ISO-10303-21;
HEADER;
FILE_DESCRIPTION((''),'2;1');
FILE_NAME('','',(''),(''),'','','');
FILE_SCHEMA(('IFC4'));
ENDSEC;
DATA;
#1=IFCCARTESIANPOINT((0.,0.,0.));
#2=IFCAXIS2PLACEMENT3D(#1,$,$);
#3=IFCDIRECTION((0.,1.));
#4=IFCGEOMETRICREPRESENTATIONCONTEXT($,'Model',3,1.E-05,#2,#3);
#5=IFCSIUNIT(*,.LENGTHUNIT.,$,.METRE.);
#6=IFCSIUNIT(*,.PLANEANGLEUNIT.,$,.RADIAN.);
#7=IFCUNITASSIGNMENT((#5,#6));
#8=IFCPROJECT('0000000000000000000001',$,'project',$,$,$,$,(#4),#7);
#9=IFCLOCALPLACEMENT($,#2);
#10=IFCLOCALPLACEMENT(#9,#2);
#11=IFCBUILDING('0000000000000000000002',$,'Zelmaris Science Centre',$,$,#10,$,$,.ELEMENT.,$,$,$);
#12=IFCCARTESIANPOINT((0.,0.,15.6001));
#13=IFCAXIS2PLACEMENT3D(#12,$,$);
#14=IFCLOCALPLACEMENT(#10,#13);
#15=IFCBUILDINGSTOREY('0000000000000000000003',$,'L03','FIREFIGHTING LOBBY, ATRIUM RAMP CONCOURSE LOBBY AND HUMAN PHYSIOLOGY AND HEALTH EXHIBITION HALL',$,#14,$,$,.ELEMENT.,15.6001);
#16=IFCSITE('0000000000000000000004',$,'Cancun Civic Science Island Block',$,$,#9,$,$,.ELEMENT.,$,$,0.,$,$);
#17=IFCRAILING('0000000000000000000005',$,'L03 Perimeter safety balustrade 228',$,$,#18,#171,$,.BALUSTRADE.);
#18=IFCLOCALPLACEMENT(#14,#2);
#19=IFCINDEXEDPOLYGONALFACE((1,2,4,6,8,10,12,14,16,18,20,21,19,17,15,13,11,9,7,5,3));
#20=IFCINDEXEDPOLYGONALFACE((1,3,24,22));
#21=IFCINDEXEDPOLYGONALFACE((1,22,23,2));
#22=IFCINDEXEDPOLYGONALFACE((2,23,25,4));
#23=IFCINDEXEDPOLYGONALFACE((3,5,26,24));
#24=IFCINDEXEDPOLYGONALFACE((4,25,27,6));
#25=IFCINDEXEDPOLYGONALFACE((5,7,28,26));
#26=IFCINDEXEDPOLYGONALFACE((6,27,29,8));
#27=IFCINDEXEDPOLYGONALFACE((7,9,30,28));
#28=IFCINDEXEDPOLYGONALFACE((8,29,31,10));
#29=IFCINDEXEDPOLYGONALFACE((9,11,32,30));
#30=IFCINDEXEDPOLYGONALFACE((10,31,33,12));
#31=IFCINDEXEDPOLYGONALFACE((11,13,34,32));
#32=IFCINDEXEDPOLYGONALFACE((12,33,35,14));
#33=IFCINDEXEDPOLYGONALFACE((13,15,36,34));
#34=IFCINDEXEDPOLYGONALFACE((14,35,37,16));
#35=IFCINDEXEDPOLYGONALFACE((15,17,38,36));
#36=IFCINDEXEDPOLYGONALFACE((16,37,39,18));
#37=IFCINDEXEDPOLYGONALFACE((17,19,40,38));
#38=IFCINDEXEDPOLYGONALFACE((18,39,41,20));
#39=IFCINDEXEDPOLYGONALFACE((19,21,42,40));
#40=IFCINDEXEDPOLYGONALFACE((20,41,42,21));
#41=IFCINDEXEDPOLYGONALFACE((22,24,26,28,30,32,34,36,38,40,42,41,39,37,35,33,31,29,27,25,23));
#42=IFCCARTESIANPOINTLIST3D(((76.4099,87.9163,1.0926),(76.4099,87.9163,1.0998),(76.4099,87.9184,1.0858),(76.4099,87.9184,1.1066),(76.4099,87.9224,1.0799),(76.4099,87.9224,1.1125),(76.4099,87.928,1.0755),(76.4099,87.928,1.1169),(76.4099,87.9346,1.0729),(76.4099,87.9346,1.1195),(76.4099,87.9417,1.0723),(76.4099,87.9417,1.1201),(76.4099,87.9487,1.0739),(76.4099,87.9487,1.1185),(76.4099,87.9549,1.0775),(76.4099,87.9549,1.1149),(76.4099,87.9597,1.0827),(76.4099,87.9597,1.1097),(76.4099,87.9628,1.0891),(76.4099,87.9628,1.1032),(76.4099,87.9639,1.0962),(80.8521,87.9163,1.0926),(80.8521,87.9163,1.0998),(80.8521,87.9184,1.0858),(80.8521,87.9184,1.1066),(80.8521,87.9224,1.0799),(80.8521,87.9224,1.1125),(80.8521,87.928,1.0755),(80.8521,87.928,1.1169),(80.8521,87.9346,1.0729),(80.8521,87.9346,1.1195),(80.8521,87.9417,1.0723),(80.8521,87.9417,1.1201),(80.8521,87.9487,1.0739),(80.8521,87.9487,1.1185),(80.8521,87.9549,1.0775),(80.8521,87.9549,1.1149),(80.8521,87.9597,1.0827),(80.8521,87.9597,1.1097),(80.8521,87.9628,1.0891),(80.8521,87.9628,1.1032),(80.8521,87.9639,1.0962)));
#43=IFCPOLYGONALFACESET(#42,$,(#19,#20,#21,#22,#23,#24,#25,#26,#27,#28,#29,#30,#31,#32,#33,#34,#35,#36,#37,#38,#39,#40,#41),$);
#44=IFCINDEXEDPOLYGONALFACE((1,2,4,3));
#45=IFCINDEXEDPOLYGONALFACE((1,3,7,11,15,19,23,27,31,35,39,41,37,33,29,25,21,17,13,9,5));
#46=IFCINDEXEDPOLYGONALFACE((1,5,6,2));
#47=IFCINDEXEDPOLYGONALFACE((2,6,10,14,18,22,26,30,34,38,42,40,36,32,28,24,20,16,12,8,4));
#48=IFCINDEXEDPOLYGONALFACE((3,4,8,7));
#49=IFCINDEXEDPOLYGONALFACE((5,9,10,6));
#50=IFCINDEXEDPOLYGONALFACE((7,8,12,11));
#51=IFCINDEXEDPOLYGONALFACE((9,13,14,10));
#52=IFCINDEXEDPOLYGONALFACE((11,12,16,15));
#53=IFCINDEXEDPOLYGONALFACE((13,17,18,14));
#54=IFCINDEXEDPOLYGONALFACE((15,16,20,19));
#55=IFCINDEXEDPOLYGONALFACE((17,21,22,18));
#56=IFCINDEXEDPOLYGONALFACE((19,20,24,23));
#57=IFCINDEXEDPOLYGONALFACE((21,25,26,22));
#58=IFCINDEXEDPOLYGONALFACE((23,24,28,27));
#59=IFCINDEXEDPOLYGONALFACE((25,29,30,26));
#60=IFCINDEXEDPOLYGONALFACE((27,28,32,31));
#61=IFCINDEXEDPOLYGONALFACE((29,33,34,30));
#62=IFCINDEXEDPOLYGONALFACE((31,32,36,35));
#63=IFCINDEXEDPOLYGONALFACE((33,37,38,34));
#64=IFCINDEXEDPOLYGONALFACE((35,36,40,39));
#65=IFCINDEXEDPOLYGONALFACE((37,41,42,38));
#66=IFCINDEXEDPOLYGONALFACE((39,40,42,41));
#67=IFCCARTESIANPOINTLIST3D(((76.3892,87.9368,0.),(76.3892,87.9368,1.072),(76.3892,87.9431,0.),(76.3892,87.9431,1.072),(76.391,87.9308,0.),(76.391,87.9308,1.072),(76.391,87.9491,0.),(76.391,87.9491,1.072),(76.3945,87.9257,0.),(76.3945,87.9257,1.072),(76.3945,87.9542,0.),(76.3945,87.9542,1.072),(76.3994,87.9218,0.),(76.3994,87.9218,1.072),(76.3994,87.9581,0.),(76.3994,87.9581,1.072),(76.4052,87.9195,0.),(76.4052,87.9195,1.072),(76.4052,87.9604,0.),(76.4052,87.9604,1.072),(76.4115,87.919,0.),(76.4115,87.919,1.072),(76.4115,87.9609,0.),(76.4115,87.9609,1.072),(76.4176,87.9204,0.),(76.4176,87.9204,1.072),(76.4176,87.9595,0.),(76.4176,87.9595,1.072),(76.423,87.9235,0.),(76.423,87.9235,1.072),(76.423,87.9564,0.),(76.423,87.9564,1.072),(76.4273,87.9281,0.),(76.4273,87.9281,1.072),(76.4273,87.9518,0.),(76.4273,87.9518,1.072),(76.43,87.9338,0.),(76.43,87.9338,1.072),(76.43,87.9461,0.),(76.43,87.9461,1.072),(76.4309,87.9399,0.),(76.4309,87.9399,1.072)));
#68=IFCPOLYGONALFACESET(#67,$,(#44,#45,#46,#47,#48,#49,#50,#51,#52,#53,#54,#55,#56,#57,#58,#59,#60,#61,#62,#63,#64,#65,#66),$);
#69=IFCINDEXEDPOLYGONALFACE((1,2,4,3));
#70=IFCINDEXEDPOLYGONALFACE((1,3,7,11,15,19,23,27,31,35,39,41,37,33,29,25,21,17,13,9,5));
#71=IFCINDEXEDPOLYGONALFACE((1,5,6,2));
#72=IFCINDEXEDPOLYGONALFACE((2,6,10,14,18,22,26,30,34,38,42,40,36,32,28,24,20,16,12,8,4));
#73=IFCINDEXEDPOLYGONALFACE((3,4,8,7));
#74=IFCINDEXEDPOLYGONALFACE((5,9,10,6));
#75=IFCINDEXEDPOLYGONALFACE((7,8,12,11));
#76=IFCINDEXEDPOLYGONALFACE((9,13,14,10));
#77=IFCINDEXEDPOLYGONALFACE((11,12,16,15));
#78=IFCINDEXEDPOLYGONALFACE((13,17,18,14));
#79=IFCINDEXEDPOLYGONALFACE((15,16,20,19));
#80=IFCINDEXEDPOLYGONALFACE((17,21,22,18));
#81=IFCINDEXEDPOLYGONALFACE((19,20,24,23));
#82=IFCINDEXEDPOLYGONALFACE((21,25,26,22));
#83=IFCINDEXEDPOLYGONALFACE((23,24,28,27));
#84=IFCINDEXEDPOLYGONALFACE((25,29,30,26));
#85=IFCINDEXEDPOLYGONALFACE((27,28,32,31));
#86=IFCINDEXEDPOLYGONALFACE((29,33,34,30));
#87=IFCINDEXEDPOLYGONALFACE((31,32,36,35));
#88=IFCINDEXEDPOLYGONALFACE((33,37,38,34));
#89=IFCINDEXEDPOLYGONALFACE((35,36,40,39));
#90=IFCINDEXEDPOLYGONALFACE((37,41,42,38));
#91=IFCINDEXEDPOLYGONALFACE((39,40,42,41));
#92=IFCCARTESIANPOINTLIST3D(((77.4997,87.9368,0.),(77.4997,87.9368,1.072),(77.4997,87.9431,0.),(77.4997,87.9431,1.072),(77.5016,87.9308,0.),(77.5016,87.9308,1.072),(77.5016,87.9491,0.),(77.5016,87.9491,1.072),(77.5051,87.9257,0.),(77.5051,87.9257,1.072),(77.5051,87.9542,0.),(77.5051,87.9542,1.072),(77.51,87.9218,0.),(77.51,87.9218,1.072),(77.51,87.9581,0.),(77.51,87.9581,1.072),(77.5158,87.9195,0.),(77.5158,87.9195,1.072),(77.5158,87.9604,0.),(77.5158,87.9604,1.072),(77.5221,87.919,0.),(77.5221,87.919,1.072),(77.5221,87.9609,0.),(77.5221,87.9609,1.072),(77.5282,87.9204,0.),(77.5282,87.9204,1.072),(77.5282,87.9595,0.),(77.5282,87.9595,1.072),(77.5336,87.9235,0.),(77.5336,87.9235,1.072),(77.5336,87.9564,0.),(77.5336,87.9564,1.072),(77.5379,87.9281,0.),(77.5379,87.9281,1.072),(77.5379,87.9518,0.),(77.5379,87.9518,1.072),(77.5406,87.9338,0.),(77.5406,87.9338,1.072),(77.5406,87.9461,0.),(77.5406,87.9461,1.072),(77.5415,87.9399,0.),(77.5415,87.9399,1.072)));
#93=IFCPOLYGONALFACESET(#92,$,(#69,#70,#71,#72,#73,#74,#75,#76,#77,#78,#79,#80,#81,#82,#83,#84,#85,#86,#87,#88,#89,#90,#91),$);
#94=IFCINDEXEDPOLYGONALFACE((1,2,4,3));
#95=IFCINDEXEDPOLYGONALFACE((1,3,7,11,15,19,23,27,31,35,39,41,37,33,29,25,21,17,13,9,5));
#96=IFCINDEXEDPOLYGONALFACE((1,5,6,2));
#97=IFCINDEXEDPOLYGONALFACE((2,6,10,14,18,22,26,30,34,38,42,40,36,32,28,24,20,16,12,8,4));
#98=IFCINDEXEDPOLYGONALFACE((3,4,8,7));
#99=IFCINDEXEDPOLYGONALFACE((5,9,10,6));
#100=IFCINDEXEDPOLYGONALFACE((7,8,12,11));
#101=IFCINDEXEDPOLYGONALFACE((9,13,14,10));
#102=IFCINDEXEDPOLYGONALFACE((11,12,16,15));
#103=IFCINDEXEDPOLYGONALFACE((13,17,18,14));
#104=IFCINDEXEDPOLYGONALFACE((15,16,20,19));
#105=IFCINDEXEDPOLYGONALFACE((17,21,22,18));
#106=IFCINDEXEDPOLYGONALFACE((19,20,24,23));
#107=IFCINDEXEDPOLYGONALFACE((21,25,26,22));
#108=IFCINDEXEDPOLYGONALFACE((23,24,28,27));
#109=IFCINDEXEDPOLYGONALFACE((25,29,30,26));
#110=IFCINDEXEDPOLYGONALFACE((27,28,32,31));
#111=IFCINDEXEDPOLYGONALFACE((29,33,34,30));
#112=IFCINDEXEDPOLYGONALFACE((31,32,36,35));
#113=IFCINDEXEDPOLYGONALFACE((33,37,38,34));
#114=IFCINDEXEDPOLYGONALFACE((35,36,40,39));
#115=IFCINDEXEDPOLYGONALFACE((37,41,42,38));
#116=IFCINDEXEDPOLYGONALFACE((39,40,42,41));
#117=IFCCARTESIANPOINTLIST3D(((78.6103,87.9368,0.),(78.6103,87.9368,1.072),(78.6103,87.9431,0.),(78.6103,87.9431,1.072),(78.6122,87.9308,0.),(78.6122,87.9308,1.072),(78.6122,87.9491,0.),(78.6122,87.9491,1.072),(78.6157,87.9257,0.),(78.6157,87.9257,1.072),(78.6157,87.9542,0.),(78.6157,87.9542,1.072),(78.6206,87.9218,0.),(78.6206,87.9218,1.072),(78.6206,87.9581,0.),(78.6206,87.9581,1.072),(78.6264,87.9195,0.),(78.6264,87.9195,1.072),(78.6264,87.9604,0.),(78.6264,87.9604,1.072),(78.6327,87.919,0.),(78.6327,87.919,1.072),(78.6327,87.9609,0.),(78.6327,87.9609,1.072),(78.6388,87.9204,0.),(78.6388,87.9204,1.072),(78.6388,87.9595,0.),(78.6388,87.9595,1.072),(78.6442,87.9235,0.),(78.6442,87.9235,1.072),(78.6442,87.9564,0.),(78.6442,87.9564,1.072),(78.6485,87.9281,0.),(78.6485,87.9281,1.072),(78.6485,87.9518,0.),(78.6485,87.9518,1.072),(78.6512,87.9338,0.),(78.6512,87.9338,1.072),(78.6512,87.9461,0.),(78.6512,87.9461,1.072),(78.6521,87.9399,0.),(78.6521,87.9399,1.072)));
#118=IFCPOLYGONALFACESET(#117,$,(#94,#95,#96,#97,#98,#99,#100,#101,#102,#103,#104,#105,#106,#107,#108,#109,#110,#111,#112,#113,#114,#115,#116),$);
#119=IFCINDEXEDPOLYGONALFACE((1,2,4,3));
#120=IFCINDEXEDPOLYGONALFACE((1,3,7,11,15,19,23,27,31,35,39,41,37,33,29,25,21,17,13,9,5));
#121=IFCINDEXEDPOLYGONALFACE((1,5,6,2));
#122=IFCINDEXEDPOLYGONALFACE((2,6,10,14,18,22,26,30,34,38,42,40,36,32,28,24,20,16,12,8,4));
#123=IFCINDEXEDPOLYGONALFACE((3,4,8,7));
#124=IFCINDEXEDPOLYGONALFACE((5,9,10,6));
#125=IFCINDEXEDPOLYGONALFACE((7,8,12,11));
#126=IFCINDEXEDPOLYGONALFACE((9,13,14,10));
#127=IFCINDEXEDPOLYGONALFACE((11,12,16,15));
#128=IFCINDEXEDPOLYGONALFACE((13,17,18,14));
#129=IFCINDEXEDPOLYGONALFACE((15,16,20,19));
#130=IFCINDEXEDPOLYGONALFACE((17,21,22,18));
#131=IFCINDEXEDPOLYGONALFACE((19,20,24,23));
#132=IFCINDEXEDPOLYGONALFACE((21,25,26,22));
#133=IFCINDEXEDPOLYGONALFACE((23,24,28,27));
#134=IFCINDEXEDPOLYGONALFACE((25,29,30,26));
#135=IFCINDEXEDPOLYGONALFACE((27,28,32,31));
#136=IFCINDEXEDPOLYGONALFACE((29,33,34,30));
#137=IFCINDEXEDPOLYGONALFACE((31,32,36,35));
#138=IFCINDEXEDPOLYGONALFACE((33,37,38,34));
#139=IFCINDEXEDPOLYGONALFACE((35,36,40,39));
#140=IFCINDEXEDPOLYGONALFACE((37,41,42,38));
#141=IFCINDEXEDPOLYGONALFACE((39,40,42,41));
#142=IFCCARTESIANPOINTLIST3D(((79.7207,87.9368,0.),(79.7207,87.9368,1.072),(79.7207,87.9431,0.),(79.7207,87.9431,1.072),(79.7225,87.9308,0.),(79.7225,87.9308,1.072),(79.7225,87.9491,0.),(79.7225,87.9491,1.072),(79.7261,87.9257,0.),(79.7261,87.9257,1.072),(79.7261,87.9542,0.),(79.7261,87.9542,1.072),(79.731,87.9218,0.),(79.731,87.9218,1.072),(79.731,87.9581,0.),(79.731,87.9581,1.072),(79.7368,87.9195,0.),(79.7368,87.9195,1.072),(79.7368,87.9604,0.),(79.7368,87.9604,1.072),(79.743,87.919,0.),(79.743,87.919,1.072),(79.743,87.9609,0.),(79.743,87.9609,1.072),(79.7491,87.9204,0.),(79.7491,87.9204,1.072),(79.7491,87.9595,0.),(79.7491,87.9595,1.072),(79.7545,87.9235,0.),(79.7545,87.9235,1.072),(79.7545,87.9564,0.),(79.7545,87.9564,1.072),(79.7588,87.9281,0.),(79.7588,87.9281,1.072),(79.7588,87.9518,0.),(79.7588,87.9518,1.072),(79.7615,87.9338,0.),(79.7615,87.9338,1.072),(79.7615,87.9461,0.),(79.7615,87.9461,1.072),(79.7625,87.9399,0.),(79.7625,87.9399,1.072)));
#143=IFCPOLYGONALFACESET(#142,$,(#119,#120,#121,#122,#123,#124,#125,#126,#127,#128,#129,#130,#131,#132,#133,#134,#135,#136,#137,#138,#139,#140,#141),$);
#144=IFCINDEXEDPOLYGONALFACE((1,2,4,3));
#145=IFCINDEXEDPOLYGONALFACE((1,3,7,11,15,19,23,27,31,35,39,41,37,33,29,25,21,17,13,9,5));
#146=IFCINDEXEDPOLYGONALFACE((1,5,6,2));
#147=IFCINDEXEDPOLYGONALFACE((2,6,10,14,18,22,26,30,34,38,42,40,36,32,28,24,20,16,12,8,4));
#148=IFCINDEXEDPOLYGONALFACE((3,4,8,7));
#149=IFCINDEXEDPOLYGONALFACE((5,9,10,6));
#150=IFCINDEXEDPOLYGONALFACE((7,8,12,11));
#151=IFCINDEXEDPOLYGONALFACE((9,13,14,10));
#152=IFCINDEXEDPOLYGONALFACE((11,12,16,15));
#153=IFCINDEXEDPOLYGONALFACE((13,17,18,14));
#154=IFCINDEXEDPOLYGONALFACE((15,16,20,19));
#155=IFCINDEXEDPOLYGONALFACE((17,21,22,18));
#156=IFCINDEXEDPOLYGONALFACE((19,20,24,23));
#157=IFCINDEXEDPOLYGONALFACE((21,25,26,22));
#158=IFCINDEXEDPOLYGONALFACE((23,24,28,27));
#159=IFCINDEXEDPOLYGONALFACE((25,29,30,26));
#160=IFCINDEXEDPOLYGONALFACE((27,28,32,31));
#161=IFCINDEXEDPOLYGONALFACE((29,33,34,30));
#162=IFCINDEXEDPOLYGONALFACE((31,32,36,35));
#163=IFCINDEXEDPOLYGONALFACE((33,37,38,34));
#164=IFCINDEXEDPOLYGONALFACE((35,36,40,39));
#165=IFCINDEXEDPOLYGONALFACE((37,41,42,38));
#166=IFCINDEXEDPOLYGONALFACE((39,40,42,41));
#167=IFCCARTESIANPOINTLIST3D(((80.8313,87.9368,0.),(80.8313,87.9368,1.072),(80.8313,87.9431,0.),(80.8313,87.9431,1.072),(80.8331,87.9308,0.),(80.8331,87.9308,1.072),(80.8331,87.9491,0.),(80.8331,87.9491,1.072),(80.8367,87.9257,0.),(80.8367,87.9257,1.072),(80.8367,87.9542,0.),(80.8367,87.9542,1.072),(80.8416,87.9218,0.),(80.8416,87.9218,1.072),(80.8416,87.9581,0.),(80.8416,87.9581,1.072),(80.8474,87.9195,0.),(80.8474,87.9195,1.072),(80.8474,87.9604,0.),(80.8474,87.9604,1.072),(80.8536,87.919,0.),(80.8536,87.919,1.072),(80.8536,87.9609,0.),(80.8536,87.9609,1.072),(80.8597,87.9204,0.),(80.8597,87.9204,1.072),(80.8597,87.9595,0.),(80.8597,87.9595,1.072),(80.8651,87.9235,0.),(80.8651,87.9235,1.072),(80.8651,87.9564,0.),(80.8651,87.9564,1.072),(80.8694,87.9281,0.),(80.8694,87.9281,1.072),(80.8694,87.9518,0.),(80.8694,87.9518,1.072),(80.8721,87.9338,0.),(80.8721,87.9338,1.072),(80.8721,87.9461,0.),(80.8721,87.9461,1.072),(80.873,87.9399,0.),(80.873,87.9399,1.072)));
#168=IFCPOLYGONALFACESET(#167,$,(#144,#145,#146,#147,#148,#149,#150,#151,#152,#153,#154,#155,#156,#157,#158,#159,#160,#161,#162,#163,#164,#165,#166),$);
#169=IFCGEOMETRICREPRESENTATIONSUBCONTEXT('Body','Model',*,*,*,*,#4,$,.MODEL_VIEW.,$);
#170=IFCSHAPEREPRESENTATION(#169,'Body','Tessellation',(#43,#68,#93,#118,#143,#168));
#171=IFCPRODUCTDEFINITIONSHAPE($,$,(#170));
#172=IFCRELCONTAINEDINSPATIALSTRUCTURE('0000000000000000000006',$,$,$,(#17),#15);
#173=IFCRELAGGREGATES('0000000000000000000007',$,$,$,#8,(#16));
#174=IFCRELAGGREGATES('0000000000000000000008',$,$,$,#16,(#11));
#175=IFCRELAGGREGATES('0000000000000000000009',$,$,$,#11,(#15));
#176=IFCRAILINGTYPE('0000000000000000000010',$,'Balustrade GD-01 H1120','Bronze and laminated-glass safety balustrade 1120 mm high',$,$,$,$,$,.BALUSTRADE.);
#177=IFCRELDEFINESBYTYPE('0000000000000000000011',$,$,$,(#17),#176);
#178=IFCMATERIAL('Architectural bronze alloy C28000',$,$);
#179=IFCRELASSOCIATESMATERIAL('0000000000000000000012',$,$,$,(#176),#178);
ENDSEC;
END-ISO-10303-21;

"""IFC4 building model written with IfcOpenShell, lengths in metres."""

from ifc_helpers import new_model, si_unit, direction, frame, origin, origin_2d, place, context, subcontext, project, spatial, circle, extrude, material, type_object, element, save


model = new_model("IFC4")

# Units and contexts
model_context = context("Model", 3, precision=1e-05, world=origin(), true_north=direction((0.0, 1.0)))
body_context = subcontext(model_context, "Body", "Model", "MODEL_VIEW")
ifc_project = project(units=[si_unit("LENGTHUNIT", "METRE"), si_unit("PLANEANGLEUNIT", "RADIAN")], contexts=[model_context])

# Site, building, storey
site_placement = place(None, origin())
site = spatial("IfcSite", under=ifc_project, at=site_placement, Name="Cancun Civic Science Island Block", CompositionType="ELEMENT", RefElevation=0.0)
building_placement = place(site_placement, origin())
building = spatial("IfcBuilding", under=site, at=building_placement, Name="Zelmaris Science Centre", CompositionType="ELEMENT")
storey_placement = place(building_placement, frame((0.0, 0.0, 15.6001)))
storey = spatial("IfcBuildingStorey", under=building, at=storey_placement, Name="L03", Description="FIREFIGHTING LOBBY, ATRIUM RAMP CONCOURSE LOBBY AND HUMAN PHYSIOLOGY AND HEALTH EXHIBITION HALL", CompositionType="ELEMENT", Elevation=15.6001)

# Railing
ifc_material_1 = material(Name="Architectural bronze alloy C28000")
railing_type = type_object("IfcRailingType", Name="Balustrade GD-01 H1120", Description="Bronze and laminated-glass safety balustrade 1120 mm high", PredefinedType="BALUSTRADE", material=ifc_material_1)
railing_1_placement = place(storey_placement, frame((76.4099, 87.9399, 0.0)))
element("IfcRailing", 1, at=railing_1_placement, inside=storey, type_object=railing_type, Name="L03 Perimeter safety balustrade 228", PredefinedType="BALUSTRADE", context=body_context, shape_type="SweptSolid", body=[
    extrude(circle(Radius=0.0239, at=origin_2d()), frame((0.0, 0.0, 1.0962), z_axis=(1.0, 0.0, 0.0), x_axis=(0.0, 1.0, 0.0)), (0.0, 0.0, 1.0), 4.4421),
    extrude(circle(Radius=0.021, at=origin_2d()), origin(), (0.0, 0.0, 1.0), 1.072),
    extrude(circle(Radius=0.021, at=origin_2d()), frame((1.1106, 0.0, 0.0)), (0.0, 0.0, 1.0), 1.072),
    extrude(circle(Radius=0.021, at=origin_2d()), frame((2.2212, 0.0, 0.0)), (0.0, 0.0, 1.0), 1.072),
    extrude(circle(Radius=0.021, at=origin_2d()), frame((3.3315, 0.0, 0.0)), (0.0, 0.0, 1.0), 1.072),
    extrude(circle(Radius=0.021, at=origin_2d()), frame((4.4421, 0.0, 0.0)), (0.0, 0.0, 1.0), 1.072),
])

save(model, "model.ifc")
